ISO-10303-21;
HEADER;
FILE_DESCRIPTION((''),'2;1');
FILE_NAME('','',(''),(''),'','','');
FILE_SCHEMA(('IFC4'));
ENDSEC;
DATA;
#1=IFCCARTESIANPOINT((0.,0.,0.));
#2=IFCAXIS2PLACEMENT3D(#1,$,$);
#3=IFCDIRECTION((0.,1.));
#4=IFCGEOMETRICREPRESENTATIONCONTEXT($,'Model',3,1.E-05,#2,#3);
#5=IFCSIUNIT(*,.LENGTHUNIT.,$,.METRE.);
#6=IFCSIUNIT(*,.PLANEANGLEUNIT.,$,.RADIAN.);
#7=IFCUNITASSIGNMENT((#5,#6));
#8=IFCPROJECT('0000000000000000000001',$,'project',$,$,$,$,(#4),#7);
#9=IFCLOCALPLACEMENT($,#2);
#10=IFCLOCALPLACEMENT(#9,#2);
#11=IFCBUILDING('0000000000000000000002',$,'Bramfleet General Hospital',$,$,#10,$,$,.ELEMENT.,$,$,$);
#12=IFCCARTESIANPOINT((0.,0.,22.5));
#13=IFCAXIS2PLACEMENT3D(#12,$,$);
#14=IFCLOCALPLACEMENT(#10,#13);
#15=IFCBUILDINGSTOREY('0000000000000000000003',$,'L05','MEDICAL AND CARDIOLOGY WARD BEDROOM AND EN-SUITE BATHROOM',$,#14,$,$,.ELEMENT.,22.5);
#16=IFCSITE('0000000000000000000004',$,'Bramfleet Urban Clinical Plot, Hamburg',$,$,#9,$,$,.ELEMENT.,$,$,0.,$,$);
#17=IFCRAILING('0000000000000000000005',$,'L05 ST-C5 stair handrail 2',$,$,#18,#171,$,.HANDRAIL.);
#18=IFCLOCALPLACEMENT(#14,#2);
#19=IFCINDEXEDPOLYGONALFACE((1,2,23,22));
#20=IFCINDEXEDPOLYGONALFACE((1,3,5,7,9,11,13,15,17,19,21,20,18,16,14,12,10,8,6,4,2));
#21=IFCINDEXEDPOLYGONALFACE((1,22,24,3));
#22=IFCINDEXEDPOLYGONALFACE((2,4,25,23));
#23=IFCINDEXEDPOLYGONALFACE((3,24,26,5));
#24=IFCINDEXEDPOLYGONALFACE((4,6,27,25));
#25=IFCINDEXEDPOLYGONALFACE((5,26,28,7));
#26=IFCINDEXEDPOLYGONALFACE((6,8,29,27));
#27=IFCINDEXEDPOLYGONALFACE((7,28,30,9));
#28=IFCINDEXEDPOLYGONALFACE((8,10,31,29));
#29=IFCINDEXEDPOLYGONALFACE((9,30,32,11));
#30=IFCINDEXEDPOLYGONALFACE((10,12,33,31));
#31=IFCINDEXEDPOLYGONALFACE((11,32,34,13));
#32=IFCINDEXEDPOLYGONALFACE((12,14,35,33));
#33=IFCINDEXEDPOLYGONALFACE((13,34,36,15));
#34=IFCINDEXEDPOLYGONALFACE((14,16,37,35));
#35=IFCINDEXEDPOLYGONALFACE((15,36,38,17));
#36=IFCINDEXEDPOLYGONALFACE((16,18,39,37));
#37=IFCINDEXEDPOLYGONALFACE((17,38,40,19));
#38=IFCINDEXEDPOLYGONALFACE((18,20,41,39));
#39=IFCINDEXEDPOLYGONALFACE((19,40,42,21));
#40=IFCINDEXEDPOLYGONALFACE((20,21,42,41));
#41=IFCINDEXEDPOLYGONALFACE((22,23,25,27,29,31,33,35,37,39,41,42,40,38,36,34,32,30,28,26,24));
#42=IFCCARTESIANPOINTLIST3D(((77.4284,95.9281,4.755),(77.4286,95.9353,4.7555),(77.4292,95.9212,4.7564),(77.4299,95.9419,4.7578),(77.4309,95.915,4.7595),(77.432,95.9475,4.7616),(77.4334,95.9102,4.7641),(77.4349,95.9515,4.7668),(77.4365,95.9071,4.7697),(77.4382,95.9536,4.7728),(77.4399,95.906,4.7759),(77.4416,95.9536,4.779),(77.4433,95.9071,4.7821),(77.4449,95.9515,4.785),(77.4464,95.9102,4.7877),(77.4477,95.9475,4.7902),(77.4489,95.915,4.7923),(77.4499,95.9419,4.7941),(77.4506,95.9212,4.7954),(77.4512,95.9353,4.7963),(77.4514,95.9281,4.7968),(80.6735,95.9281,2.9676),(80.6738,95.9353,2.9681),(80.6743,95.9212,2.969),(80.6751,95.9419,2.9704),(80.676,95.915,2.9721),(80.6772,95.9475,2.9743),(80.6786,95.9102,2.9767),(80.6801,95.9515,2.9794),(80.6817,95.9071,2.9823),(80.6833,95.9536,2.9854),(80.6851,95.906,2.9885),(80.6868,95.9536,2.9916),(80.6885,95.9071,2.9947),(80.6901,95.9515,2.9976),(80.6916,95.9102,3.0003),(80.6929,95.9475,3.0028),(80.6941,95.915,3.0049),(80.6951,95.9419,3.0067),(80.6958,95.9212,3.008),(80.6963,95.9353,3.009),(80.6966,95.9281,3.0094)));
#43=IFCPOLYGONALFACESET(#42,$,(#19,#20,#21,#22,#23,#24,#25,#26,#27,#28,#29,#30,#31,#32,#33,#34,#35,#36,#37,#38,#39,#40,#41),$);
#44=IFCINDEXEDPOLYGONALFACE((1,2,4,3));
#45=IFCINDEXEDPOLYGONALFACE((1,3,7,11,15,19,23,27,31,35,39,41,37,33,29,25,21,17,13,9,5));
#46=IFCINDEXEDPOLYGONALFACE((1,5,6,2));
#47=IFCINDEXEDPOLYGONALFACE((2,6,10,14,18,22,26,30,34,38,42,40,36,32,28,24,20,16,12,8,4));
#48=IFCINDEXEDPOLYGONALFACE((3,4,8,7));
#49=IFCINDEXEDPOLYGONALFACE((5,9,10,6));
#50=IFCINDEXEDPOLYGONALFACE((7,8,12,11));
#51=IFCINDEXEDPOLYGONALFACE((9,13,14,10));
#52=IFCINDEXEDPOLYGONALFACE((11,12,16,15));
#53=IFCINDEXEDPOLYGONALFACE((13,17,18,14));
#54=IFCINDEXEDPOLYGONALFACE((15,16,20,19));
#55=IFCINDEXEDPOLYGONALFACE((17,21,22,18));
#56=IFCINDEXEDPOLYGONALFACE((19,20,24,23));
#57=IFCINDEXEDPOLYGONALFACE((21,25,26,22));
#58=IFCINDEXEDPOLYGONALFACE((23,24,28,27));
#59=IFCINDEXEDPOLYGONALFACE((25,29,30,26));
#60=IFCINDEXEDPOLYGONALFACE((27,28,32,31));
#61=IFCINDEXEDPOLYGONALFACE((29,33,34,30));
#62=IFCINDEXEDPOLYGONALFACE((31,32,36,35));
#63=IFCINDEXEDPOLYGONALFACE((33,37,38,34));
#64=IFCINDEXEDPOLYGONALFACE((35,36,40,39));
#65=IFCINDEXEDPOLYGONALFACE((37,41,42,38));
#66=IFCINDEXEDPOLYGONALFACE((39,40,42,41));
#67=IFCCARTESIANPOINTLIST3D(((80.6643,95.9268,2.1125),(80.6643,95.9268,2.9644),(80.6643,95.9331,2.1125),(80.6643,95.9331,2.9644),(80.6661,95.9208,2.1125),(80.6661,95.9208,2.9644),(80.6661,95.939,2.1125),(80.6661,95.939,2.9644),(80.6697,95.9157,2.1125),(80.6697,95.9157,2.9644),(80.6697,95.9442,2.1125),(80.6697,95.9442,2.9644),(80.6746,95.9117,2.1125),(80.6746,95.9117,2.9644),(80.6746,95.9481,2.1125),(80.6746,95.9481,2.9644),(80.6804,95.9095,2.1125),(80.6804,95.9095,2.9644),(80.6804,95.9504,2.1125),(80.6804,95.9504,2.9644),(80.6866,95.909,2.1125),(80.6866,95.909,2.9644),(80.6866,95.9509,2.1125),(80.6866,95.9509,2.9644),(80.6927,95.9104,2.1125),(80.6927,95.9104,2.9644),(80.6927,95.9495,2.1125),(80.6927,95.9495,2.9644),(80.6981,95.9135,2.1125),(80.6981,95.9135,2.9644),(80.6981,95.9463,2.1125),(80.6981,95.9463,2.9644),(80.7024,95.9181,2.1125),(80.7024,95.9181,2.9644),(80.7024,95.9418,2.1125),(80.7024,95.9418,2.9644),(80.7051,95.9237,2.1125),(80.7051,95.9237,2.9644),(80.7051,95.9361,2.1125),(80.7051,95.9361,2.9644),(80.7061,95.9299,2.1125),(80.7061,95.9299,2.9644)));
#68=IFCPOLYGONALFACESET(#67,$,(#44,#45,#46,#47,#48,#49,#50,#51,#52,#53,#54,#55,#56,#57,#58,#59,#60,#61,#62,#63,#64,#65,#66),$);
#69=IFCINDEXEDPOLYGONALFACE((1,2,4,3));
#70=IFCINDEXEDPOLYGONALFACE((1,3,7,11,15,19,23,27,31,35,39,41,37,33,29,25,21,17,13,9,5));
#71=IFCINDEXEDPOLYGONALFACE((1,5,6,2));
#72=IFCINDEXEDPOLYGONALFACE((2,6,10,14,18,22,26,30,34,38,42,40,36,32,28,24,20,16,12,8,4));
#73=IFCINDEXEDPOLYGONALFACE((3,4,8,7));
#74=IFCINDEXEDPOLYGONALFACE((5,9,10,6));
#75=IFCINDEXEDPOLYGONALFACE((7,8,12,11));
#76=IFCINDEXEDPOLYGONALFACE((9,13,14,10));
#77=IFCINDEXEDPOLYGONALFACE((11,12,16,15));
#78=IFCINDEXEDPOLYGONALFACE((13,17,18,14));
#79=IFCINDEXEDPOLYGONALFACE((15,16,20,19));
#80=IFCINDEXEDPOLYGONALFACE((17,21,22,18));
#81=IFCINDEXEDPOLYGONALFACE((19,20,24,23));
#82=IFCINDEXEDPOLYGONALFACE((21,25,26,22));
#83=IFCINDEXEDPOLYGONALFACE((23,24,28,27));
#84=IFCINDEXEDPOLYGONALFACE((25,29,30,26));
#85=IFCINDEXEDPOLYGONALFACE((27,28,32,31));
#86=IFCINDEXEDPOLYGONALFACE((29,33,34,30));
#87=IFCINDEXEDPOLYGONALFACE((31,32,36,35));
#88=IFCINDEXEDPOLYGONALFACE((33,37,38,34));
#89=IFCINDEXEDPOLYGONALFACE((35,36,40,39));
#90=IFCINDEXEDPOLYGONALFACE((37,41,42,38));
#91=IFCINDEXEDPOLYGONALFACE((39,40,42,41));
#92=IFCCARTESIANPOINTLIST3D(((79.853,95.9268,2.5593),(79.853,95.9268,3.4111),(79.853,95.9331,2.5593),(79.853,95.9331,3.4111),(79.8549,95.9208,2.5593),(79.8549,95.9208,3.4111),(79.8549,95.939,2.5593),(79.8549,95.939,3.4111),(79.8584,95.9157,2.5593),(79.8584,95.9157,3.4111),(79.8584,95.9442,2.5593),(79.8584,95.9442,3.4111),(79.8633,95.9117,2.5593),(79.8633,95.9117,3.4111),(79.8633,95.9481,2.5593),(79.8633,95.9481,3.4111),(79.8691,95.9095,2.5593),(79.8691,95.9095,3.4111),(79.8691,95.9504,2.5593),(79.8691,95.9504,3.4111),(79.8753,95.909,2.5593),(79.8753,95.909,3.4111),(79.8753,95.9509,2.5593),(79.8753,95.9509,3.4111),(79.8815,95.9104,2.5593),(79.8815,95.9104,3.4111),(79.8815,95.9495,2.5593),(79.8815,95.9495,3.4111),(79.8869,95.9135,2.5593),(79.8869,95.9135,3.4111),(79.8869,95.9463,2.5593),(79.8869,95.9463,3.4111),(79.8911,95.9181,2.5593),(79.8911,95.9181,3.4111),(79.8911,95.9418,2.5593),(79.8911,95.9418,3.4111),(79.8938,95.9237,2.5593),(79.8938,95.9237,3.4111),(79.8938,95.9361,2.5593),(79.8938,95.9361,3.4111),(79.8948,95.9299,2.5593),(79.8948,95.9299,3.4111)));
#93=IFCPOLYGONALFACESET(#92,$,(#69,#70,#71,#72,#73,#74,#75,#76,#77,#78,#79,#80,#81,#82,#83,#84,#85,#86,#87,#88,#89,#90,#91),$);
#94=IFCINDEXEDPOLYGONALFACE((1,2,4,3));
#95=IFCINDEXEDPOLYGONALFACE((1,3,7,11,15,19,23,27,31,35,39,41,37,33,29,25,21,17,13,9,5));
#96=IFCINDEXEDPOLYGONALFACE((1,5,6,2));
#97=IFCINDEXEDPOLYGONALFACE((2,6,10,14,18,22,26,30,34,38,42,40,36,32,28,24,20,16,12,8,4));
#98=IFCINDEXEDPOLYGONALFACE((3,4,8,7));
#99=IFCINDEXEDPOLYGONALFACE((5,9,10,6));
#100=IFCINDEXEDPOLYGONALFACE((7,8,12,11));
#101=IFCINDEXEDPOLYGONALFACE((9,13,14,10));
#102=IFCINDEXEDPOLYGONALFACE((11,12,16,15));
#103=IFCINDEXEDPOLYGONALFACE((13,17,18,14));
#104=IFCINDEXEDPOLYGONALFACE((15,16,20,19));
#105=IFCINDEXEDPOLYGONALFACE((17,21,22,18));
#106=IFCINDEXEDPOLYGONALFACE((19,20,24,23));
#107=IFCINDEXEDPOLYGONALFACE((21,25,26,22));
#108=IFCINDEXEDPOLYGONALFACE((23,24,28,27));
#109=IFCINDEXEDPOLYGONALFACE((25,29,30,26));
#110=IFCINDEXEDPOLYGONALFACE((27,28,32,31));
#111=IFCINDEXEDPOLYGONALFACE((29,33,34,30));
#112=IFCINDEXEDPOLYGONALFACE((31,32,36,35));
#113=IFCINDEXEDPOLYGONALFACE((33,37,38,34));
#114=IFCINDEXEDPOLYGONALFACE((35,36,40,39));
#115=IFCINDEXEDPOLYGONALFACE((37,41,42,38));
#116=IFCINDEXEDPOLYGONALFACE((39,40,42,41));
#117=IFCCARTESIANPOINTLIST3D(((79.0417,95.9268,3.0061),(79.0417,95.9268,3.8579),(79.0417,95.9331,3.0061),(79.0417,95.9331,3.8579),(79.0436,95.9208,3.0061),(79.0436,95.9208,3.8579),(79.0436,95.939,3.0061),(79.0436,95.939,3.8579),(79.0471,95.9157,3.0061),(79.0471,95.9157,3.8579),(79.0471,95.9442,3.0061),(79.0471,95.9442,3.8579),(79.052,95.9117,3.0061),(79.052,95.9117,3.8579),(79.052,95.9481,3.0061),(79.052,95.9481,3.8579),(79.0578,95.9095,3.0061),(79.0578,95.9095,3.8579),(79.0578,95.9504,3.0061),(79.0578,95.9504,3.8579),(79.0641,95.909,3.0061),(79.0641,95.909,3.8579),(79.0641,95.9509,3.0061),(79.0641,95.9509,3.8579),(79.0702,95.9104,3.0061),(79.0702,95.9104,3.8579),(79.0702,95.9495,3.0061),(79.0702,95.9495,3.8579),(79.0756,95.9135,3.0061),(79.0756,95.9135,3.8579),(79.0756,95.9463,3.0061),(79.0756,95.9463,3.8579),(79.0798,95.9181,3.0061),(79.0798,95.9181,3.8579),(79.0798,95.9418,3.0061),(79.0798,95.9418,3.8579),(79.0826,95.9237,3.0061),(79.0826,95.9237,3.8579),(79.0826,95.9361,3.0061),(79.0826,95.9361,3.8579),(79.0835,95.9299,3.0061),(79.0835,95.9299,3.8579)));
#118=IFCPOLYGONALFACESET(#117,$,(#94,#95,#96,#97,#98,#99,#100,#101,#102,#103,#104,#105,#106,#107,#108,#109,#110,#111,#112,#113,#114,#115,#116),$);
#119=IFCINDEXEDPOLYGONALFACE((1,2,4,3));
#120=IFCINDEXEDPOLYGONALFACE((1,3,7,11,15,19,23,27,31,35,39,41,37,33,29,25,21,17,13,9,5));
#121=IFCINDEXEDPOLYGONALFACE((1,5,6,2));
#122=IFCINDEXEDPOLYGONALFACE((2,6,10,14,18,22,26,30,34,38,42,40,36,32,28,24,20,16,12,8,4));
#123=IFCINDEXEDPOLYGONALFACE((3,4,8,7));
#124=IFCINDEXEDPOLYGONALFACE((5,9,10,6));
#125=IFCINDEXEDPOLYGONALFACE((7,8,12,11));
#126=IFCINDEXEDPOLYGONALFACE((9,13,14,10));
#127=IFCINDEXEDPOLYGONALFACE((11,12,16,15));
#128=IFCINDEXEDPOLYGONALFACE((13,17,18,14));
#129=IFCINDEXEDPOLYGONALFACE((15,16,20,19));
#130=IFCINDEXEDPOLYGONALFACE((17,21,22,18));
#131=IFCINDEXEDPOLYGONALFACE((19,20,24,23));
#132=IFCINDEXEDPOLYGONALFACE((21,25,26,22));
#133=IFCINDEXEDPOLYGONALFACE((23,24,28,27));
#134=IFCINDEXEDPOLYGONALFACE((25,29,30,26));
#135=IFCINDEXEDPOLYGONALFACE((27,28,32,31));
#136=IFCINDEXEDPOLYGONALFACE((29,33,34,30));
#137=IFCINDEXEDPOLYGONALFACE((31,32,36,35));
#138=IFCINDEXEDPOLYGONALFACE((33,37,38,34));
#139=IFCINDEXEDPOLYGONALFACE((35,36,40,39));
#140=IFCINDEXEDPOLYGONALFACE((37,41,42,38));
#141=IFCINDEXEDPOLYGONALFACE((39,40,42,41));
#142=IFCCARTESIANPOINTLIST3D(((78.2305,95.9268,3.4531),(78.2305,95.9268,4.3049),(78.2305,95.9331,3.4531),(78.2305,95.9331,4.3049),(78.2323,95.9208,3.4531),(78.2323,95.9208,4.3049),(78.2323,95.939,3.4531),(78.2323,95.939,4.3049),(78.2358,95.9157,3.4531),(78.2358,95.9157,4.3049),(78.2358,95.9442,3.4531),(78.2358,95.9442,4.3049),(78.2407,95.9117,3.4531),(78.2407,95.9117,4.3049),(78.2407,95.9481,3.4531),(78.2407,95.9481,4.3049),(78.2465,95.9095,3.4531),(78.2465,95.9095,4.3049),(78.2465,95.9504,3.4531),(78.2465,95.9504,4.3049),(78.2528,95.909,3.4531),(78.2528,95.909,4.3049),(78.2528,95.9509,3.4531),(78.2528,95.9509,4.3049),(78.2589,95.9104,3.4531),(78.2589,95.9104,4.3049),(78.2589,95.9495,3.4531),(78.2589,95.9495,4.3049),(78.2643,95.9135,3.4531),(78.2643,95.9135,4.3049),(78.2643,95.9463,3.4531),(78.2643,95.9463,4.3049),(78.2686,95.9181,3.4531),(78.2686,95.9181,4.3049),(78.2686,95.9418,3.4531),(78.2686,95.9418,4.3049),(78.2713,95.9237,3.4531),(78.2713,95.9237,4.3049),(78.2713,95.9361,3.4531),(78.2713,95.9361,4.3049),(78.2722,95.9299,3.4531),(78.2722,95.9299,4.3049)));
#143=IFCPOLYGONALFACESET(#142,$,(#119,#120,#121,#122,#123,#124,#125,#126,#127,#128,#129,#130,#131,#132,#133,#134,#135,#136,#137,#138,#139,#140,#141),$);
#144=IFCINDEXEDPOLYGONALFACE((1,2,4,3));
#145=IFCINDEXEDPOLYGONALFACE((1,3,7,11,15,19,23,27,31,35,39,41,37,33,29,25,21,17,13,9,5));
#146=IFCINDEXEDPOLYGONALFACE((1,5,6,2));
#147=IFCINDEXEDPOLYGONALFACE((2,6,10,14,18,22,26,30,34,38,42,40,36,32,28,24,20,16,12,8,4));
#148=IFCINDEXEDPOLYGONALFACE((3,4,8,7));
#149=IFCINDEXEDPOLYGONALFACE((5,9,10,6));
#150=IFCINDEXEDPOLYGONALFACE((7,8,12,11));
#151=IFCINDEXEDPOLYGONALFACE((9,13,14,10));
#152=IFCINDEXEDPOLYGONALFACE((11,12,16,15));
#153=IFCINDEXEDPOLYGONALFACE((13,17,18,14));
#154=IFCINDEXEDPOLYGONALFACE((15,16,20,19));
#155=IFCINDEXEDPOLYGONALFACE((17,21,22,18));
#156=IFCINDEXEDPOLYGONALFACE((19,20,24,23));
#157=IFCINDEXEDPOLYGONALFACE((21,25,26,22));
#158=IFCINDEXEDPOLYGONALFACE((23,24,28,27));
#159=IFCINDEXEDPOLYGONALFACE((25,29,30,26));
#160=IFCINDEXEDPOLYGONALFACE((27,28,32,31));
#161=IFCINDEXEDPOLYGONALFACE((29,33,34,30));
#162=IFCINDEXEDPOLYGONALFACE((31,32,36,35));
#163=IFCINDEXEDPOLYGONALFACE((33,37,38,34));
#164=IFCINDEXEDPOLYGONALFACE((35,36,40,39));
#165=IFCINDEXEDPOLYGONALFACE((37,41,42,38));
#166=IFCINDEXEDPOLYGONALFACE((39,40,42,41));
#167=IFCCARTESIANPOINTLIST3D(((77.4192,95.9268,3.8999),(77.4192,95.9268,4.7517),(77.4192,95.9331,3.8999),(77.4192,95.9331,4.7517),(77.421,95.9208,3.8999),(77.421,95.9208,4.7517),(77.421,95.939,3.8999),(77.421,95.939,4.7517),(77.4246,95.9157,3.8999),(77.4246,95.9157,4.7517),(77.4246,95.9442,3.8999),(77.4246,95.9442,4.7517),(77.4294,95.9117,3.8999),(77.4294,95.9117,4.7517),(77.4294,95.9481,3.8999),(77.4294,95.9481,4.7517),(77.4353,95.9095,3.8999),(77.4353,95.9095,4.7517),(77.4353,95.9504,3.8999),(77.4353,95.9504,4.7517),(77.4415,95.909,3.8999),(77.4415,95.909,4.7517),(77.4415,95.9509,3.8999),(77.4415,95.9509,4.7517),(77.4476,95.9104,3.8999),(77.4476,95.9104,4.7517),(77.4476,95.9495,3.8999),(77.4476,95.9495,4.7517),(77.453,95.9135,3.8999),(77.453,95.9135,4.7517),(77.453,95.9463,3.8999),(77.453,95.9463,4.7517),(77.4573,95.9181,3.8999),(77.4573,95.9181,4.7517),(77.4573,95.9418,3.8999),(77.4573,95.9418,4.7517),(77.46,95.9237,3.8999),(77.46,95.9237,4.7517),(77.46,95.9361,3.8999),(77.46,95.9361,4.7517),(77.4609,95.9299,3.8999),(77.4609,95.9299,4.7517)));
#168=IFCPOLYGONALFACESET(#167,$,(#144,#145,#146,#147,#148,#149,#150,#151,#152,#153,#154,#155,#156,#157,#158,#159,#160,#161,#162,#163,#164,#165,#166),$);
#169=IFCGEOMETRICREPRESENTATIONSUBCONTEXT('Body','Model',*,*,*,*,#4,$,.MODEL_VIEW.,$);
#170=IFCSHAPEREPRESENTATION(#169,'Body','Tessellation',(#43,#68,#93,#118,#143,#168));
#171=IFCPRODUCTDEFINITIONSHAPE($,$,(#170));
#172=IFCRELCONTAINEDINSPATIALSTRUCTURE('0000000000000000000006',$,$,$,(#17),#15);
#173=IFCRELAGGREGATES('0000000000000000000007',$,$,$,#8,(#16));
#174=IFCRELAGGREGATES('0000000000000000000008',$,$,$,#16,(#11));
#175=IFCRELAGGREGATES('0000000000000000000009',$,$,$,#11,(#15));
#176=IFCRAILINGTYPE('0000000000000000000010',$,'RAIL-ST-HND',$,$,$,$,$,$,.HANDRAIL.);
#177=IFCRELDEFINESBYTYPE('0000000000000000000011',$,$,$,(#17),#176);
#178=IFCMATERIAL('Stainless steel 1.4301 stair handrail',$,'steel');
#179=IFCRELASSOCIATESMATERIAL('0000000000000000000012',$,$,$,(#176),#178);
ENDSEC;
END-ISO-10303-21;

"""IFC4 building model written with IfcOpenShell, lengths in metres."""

from ifc_helpers import new_model, si_unit, direction, frame, origin, origin_2d, place, context, subcontext, project, spatial, circle, extrude, material, type_object, element, save


model = new_model("IFC4")

# Units and contexts
model_context = context("Model", 3, precision=1e-05, world=origin(), true_north=direction((0.0, 1.0)))
body_context = subcontext(model_context, "Body", "Model", "MODEL_VIEW")
ifc_project = project(units=[si_unit("LENGTHUNIT", "METRE"), si_unit("PLANEANGLEUNIT", "RADIAN")], contexts=[model_context])

# Site, building, storey
site_placement = place(None, origin())
site = spatial("IfcSite", under=ifc_project, at=site_placement, Name="Bramfleet Urban Clinical Plot, Hamburg", CompositionType="ELEMENT", RefElevation=0.0)
building_placement = place(site_placement, origin())
building = spatial("IfcBuilding", under=site, at=building_placement, Name="Bramfleet General Hospital", CompositionType="ELEMENT")
storey_placement = place(building_placement, frame((0.0, 0.0, 22.5)))
storey = spatial("IfcBuildingStorey", under=building, at=storey_placement, Name="L05", Description="MEDICAL AND CARDIOLOGY WARD BEDROOM AND EN-SUITE BATHROOM", CompositionType="ELEMENT", Elevation=22.5)

# Railing
ifc_material_1 = material(Name="Stainless steel 1.4301 stair handrail", Category="steel")
railing_type_1 = type_object("IfcRailingType", Name="RAIL-ST-HND", PredefinedType="HANDRAIL", material=ifc_material_1)
railing_1_placement = place(storey_placement, frame((80.6851, 95.9299, 2.1125)))
element("IfcRailing", 1, at=railing_1_placement, inside=storey, type_object=railing_type_1, Name="L05 ST-C5 stair handrail 2", PredefinedType="HANDRAIL", context=body_context, shape_type="SweptSolid", body=[
    extrude(circle(Radius=0.0239, at=origin_2d()), frame((0.0, 0.0, 0.876), z_axis=(-0.875926, 0.0, 0.482445), x_axis=(0.0, -1.0, 0.0)), (0.0, 0.0, 1.0), 3.7048),
    extrude(circle(Radius=0.021, at=origin_2d()), origin(), (0.0, 0.0, 1.0), 0.8518),
    extrude(circle(Radius=0.021, at=origin_2d()), frame((-0.8113, 0.0, 0.4468)), (0.0, 0.0, 1.0), 0.8518),
    extrude(circle(Radius=0.021, at=origin_2d()), frame((-1.6226, 0.0, 0.8936)), (0.0, 0.0, 1.0), 0.8518),
    extrude(circle(Radius=0.021, at=origin_2d()), frame((-2.4338, 0.0, 1.3406)), (0.0, 0.0, 1.0), 0.8518),
    extrude(circle(Radius=0.021, at=origin_2d()), frame((-3.2451, 0.0, 1.7874)), (0.0, 0.0, 1.0), 0.8518),
])

save(model, "model.ifc")
